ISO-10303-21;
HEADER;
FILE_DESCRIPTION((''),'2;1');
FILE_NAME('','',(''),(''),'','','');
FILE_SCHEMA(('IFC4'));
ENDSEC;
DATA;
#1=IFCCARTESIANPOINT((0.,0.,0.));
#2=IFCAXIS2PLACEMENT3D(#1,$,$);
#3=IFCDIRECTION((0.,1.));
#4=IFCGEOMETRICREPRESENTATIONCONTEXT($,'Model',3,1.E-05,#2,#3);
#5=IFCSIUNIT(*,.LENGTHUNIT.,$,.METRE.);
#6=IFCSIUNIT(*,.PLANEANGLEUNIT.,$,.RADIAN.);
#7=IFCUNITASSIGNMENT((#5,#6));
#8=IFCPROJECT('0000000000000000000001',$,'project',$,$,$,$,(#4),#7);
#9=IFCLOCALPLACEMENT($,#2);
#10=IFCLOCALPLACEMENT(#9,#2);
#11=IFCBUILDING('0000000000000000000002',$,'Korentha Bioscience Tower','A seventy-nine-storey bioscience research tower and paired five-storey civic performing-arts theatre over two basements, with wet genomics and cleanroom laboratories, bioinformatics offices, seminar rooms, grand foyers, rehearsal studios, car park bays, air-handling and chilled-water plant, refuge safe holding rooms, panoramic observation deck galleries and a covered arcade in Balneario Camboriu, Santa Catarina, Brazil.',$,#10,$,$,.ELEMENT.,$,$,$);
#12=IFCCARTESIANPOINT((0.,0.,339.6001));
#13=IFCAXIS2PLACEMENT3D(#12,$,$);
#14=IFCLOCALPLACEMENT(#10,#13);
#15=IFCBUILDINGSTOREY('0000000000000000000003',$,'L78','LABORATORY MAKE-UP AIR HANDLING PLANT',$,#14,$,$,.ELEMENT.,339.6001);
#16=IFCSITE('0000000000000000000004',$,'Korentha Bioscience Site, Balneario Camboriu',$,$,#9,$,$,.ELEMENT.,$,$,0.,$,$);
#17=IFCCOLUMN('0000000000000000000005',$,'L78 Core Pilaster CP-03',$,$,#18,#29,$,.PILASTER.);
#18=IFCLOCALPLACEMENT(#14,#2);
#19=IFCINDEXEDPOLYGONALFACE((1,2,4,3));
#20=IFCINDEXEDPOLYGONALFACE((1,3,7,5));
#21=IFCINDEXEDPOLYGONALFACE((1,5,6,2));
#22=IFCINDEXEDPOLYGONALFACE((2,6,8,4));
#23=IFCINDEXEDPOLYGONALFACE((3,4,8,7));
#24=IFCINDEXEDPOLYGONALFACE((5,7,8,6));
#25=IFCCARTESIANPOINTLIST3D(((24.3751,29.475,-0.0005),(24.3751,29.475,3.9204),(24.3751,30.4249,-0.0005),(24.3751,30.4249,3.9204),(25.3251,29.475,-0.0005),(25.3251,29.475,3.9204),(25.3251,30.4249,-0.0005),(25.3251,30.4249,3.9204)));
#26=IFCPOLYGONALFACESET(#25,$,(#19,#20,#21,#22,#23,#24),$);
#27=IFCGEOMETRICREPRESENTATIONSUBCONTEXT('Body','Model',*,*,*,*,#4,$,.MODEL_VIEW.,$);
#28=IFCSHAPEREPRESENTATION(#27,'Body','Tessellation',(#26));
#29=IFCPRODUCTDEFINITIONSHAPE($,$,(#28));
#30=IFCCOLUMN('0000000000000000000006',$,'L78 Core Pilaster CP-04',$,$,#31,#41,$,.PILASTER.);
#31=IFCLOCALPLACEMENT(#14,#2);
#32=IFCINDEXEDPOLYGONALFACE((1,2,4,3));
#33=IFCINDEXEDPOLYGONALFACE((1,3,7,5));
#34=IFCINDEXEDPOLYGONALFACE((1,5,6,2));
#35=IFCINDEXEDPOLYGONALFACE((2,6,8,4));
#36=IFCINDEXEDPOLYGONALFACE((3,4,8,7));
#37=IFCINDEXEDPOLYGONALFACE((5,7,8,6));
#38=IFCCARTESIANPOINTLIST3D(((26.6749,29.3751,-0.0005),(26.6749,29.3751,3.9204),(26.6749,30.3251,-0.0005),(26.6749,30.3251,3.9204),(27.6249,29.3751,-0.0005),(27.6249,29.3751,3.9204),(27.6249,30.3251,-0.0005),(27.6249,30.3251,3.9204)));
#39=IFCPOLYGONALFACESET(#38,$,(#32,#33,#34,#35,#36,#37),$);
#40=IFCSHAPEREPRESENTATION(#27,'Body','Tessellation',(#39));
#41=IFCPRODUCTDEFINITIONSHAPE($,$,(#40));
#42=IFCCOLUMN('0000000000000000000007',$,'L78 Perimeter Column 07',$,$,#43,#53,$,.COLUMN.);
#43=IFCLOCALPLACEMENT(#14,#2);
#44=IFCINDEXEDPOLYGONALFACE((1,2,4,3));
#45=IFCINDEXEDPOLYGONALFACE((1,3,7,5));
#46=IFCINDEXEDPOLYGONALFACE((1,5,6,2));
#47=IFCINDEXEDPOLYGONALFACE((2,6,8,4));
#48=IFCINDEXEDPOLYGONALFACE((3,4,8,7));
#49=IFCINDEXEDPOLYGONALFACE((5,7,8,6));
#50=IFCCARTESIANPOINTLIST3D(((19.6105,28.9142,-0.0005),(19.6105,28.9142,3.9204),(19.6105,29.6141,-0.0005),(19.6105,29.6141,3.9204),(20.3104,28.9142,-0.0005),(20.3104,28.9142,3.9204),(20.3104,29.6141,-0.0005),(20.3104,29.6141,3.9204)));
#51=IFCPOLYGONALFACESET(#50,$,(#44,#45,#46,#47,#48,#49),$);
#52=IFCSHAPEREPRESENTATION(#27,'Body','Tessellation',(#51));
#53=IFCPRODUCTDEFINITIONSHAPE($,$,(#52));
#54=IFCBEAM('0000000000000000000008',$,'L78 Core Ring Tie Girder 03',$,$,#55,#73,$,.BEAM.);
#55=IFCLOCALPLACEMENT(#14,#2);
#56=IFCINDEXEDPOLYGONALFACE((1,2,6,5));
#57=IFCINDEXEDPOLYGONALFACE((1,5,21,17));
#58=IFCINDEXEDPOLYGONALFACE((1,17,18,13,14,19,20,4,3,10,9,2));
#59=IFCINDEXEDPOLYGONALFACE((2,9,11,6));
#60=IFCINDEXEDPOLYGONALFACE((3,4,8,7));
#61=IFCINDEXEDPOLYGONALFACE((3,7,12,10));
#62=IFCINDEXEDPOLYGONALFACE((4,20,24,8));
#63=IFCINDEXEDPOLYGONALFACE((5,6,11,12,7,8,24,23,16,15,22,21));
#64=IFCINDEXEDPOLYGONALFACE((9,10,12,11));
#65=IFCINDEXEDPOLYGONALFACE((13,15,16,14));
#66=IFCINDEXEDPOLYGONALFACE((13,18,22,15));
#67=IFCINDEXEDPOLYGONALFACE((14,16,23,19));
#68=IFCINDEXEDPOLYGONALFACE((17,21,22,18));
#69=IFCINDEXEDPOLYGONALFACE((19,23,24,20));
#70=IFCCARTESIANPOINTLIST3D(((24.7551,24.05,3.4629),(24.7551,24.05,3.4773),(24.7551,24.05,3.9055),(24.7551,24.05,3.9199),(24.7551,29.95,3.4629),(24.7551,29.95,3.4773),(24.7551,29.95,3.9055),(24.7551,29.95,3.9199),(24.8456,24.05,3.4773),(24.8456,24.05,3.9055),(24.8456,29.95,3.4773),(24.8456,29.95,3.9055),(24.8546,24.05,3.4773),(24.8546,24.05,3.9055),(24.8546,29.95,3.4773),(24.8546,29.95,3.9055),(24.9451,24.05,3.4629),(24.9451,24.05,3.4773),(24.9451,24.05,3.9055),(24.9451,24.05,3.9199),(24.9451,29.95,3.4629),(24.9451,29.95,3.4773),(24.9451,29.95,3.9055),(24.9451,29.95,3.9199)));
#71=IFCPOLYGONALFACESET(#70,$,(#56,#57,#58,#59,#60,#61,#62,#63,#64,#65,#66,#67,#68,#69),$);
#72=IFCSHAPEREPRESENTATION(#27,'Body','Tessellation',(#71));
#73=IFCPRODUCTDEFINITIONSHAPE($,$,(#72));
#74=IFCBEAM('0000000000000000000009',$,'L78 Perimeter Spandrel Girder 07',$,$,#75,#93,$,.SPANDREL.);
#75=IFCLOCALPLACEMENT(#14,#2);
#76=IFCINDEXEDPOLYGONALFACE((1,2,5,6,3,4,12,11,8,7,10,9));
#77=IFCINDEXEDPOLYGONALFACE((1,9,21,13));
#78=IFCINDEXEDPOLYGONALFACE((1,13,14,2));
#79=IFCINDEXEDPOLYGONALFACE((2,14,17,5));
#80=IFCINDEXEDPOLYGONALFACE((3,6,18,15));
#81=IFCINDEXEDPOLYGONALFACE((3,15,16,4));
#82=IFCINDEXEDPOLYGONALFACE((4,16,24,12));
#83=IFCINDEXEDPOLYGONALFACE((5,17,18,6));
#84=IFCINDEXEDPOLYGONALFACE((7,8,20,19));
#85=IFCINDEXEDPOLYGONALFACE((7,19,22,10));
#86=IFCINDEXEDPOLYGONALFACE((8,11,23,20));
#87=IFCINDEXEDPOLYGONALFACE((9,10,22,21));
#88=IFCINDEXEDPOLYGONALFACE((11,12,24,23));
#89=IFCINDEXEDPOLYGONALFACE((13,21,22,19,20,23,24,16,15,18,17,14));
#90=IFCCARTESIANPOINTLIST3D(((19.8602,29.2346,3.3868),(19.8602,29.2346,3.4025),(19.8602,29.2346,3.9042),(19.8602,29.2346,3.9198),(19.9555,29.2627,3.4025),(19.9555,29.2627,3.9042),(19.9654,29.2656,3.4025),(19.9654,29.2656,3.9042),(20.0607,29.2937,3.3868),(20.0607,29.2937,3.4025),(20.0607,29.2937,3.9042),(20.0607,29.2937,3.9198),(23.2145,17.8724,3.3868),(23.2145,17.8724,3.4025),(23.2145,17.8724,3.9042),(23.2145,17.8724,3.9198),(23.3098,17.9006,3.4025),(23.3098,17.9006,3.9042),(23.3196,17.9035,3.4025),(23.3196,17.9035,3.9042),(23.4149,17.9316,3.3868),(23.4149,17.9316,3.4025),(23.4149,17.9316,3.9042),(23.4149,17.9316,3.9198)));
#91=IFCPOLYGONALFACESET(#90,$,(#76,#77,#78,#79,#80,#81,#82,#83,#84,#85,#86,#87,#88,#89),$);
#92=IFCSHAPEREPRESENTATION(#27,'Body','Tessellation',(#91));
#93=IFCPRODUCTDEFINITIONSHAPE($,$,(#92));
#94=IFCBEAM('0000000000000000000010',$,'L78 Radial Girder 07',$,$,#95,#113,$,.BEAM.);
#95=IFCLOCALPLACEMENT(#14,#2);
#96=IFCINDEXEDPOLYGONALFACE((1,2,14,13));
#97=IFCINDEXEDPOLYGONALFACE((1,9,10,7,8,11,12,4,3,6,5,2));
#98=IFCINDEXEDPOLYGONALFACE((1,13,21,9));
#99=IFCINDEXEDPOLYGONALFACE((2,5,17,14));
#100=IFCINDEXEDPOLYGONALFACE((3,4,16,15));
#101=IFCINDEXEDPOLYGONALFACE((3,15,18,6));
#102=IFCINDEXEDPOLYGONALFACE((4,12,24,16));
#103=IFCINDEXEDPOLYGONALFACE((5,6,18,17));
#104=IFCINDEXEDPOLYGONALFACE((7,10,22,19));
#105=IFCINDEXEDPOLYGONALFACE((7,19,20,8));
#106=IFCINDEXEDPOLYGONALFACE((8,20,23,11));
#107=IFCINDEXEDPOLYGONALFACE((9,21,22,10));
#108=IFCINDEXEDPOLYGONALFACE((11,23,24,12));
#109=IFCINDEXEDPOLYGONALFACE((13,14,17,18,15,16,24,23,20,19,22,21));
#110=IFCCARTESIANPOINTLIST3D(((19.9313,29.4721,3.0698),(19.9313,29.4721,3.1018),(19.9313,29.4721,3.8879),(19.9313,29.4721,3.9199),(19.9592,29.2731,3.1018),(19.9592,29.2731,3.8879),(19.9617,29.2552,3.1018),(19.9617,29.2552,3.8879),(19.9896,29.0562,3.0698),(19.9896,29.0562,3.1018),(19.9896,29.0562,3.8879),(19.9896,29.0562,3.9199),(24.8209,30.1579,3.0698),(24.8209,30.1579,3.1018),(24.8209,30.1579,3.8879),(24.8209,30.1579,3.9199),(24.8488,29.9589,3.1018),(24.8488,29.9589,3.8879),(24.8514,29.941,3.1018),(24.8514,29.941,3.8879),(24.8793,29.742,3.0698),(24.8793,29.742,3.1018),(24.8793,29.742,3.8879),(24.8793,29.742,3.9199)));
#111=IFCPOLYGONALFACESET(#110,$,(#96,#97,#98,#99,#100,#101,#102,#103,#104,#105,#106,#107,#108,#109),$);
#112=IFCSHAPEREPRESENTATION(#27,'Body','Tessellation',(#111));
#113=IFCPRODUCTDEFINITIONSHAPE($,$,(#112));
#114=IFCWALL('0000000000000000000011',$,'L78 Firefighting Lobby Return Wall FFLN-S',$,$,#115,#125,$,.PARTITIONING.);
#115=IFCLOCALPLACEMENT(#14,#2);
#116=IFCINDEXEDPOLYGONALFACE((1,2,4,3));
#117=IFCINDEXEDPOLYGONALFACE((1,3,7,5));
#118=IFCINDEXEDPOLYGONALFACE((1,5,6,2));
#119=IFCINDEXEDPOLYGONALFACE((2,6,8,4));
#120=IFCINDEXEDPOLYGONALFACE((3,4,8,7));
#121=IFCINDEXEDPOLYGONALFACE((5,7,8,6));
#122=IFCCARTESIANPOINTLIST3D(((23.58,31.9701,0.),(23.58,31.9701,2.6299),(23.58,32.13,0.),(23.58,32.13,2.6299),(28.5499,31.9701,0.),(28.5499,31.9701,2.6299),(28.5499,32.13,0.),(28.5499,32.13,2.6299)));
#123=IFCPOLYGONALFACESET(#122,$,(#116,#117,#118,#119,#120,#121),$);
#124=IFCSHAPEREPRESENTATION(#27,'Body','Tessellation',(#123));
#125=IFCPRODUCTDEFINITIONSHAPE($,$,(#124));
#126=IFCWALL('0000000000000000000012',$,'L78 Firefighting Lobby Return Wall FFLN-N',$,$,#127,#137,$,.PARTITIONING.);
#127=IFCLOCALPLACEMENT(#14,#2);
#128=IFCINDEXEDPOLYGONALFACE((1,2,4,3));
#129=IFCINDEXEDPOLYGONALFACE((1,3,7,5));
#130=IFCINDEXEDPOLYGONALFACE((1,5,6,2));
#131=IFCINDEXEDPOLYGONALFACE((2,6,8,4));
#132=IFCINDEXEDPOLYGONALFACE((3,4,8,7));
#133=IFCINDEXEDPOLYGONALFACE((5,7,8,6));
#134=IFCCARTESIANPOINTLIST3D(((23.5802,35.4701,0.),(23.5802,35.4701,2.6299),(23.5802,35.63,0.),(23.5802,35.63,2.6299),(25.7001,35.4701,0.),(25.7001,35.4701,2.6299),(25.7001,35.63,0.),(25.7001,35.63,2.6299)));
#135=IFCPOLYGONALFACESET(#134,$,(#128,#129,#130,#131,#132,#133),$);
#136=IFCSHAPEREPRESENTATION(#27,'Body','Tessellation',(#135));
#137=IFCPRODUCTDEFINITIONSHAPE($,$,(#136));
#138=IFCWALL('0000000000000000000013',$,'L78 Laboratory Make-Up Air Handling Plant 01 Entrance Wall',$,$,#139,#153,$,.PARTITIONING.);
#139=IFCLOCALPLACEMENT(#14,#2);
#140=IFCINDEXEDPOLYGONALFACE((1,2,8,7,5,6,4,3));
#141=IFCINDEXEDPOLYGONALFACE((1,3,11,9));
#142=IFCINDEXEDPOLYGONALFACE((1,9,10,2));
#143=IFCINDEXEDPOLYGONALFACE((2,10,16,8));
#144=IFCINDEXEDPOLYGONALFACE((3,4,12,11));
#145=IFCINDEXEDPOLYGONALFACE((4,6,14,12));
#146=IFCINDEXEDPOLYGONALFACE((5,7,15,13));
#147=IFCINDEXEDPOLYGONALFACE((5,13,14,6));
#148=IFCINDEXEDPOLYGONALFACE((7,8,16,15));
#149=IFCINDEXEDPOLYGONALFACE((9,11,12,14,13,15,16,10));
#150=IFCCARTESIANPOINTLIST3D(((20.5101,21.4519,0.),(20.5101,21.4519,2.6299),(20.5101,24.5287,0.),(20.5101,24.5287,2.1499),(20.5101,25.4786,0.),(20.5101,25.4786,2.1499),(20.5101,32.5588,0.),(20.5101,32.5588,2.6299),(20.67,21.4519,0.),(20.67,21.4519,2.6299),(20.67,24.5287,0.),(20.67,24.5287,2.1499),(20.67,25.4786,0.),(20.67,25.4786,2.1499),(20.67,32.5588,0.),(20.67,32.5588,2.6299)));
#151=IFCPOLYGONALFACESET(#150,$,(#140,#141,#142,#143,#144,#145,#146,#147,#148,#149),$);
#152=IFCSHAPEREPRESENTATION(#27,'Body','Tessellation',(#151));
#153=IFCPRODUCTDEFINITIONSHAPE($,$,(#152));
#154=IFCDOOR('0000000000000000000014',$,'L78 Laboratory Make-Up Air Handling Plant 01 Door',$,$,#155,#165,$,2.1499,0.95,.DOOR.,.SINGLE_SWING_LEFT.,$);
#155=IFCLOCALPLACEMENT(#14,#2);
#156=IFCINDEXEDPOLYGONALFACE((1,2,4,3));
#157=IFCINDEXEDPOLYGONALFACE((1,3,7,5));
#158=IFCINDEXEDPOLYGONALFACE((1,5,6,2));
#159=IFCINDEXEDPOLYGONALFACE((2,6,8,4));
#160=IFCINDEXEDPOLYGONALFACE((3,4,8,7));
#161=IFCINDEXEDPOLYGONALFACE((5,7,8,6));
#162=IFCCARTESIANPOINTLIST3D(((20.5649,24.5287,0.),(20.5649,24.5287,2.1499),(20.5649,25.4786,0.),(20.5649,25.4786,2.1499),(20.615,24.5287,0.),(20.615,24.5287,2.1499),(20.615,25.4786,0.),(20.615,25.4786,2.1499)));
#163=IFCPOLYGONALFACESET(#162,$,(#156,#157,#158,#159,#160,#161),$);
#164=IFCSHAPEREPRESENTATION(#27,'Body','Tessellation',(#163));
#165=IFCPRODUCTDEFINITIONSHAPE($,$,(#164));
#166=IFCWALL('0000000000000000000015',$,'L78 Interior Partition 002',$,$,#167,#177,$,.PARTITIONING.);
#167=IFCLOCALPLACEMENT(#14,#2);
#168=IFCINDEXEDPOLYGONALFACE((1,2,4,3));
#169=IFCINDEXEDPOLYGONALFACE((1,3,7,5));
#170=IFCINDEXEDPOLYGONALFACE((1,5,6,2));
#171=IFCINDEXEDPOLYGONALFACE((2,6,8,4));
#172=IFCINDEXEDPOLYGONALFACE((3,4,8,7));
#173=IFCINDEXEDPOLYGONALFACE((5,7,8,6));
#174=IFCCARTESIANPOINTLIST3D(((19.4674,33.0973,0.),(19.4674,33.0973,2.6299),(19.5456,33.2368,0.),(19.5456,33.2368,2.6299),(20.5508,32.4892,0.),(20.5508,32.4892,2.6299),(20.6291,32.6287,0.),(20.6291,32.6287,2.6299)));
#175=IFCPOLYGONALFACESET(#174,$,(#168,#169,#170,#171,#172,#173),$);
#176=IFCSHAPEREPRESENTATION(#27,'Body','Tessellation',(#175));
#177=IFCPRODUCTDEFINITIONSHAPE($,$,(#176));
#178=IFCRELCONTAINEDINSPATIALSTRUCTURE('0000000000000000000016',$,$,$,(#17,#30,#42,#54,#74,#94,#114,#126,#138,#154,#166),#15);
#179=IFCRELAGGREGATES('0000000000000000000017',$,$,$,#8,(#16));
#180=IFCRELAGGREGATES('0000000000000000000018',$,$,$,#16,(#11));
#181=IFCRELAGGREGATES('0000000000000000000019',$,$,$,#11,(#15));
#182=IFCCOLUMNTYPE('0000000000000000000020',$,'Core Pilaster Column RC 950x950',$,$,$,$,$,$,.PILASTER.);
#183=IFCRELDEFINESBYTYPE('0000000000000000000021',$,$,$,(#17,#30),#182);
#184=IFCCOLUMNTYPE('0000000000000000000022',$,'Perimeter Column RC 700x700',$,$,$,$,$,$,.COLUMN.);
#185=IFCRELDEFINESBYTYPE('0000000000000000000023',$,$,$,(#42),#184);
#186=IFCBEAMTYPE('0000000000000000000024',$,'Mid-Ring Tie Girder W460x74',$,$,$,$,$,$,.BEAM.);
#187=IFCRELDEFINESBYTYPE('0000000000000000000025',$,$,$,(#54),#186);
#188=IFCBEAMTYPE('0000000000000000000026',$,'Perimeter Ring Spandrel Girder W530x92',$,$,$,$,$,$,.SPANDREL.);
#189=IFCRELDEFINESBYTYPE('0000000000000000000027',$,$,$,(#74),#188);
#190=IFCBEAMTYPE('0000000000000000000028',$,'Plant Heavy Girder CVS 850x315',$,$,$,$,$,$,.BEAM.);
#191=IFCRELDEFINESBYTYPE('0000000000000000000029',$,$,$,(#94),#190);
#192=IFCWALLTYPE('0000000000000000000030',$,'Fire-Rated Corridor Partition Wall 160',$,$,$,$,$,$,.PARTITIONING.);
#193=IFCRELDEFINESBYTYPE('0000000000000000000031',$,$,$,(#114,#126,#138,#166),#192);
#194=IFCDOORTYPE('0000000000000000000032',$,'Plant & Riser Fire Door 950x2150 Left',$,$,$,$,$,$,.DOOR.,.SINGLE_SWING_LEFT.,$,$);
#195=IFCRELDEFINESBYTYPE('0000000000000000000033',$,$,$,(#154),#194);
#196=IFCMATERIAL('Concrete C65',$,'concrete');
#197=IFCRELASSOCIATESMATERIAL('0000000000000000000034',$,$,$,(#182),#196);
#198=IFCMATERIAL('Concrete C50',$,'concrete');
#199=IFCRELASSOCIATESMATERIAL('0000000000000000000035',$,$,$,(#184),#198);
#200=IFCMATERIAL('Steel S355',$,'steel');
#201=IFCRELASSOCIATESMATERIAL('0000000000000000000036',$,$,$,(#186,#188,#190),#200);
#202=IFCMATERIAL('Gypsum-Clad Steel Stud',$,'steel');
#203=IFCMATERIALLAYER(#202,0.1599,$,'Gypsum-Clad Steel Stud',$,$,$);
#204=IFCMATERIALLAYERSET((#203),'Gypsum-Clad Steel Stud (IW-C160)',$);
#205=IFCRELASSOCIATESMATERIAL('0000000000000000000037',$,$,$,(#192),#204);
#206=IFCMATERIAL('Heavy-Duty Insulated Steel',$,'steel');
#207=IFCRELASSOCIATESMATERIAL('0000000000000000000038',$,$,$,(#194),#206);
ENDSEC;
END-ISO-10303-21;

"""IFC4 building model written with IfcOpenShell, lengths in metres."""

from ifc_helpers import new_model, si_unit, direction, frame, frame_2d, origin, origin_2d, place, context, subcontext, project, spatial, rectangle, i_section, extrude, material, layer, layer_set, material_profile, profile_set, type_object, element, fill, save


model = new_model("IFC4")

# Units and contexts
model_context = context("Model", 3, precision=1e-05, world=origin(), true_north=direction((0.0, 1.0)))
body_context = subcontext(model_context, "Body", "Model", "MODEL_VIEW")
ifc_project = project(units=[si_unit("LENGTHUNIT", "METRE"), si_unit("PLANEANGLEUNIT", "RADIAN")], contexts=[model_context])

# Site, building, storey
site_placement = place(None, origin())
site = spatial("IfcSite", under=ifc_project, at=site_placement, Name="Korentha Bioscience Site, Balneario Camboriu", CompositionType="ELEMENT", RefElevation=0.0)
building_placement = place(site_placement, origin())
building = spatial("IfcBuilding", under=site, at=building_placement, Name="Korentha Bioscience Tower", Description="A seventy-nine-storey bioscience research tower and paired five-storey civic performing-arts theatre over two basements, with wet genomics and cleanroom laboratories, bioinformatics offices, seminar rooms, grand foyers, rehearsal studios, car park bays, air-handling and chilled-water plant, refuge safe holding rooms, panoramic observation deck galleries and a covered arcade in Balneario Camboriu, Santa Catarina, Brazil.", CompositionType="ELEMENT")
storey_placement = place(building_placement, frame((0.0, 0.0, 339.6001)))
storey = spatial("IfcBuildingStorey", under=building, at=storey_placement, Name="L78", Description="LABORATORY MAKE-UP AIR HANDLING PLANT", CompositionType="ELEMENT", Elevation=339.6001)

# Columns
ifc_material_1 = material(Name="Concrete C65", Category="concrete")
ifc_material_profile_1 = material_profile(ifc_material_1, rectangle(XDim=0.95, YDim=0.95, at=origin_2d()), Name="Concrete C65")
ifc_profile_set_1 = profile_set([ifc_material_profile_1], Name="Concrete C65 (COL-CP09)")
column_type_1 = type_object("IfcColumnType", Name="Core Pilaster Column RC 950x950", PredefinedType="PILASTER", material=ifc_profile_set_1)
for number, where, z_axis, x_axis, name in (
    (1, (24.8501, 29.95, -0.0005), (0.0, 0.0, 1.0), (1.0, 0.0, 0.0), "L78 Core Pilaster CP-03"),
    (2, (27.1499, 29.8501, -0.0005), (0.0, 0.0, 1.0), (1.0, 0.0, 0.0), "L78 Core Pilaster CP-04"),
):
    element("IfcColumn", number, at=place(storey_placement, frame(where, z_axis=z_axis, x_axis=x_axis)), inside=storey, type_object=column_type_1, Name=name, PredefinedType="PILASTER", context=body_context, shape_type="SweptSolid", body=[
        extrude(rectangle(XDim=0.95, YDim=0.95, at=origin_2d()), origin(), (0.0, 0.0, 1.0), 3.9209),
    ])
ifc_material_2 = material(Name="Concrete C50", Category="concrete")
ifc_material_profile_2 = material_profile(ifc_material_2, rectangle(XDim=0.7, YDim=0.7, at=origin_2d()), Name="Concrete C50")
ifc_profile_set_2 = profile_set([ifc_material_profile_2], Name="Concrete C50 (COL-P07)")
column_type_2 = type_object("IfcColumnType", Name="Perimeter Column RC 700x700", PredefinedType="COLUMN", material=ifc_profile_set_2)
column_placement = place(storey_placement, frame((19.9604, 29.2642, -0.0005), z_axis=(0.0, 0.0, 1.0), x_axis=(0.0, 1.0, 0.0)))
element("IfcColumn", 3, at=column_placement, inside=storey, type_object=column_type_2, Name="L78 Perimeter Column 07", PredefinedType="COLUMN", context=body_context, shape_type="SweptSolid", body=[
    extrude(rectangle(XDim=0.7, YDim=0.7, at=origin_2d()), origin(), (0.0, 0.0, 1.0), 3.9209),
])

# Beams
ifc_material_3 = material(Name="Steel S355", Category="steel")
ifc_material_profile_3 = material_profile(ifc_material_3, i_section(OverallWidth=0.1899, OverallDepth=0.457, WebThickness=0.009, FlangeThickness=0.0144, at=origin_2d()), Name="Steel S355")
ifc_profile_set_3 = profile_set([ifc_material_profile_3], Name="Steel S355 (MB-460)")
beam_type_1 = type_object("IfcBeamType", Name="Mid-Ring Tie Girder W460x74", PredefinedType="BEAM", material=ifc_profile_set_3)
beam_1_placement = place(storey_placement, frame((24.8501, 29.95, 3.6914), z_axis=(0.0, -1.0, 0.0), x_axis=(1.0, 0.0, 0.0)))
element("IfcBeam", 4, at=beam_1_placement, inside=storey, type_object=beam_type_1, Name="L78 Core Ring Tie Girder 03", PredefinedType="BEAM", context=body_context, shape_type="SweptSolid", body=[
    extrude(i_section(OverallWidth=0.1899, OverallDepth=0.457, WebThickness=0.009, FlangeThickness=0.0144, at=origin_2d()), origin(), (0.0, 0.0, 1.0), 5.8999),
])
ifc_material_profile_4 = material_profile(ifc_material_3, i_section(OverallWidth=0.209, OverallDepth=0.533, WebThickness=0.0103, FlangeThickness=0.0156, at=origin_2d()), Name="Steel S355")
ifc_profile_set_4 = profile_set([ifc_material_profile_4], Name="Steel S355 (SB-530)")
beam_type_2 = type_object("IfcBeamType", Name="Perimeter Ring Spandrel Girder W530x92", PredefinedType="SPANDREL", material=ifc_profile_set_4)
beam_2_placement = place(storey_placement, frame((19.9604, 29.2642, 3.6533), z_axis=(0.283135, -0.95908, 0.0), x_axis=(0.95908, 0.283135, 0.0)))
element("IfcBeam", 5, at=beam_2_placement, inside=storey, type_object=beam_type_2, Name="L78 Perimeter Spandrel Girder 07", PredefinedType="SPANDREL", context=body_context, shape_type="SweptSolid", body=[
    extrude(i_section(OverallWidth=0.209, OverallDepth=0.533, WebThickness=0.0103, FlangeThickness=0.0156, at=origin_2d()), origin(), (0.0, 0.0, 1.0), 11.8469),
])
ifc_material_profile_5 = material_profile(ifc_material_3, i_section(OverallWidth=0.4199, OverallDepth=0.8501, WebThickness=0.0181, FlangeThickness=0.032, at=origin_2d()), Name="Steel S355")
ifc_profile_set_5 = profile_set([ifc_material_profile_5], Name="Steel S355 (MB-850)")
beam_type_3 = type_object("IfcBeamType", Name="Plant Heavy Girder CVS 850x315", PredefinedType="BEAM", material=ifc_profile_set_5)
beam_3_placement = place(storey_placement, frame((24.8501, 29.95, 3.4949), z_axis=(-0.990307, -0.138894, 0.0), x_axis=(0.138894, -0.990307, 0.0)))
element("IfcBeam", 6, at=beam_3_placement, inside=storey, type_object=beam_type_3, Name="L78 Radial Girder 07", PredefinedType="BEAM", context=body_context, shape_type="SweptSolid", body=[
    extrude(i_section(OverallWidth=0.4199, OverallDepth=0.8501, WebThickness=0.0181, FlangeThickness=0.032, at=origin_2d()), origin(), (0.0, 0.0, 1.0), 4.9375),
])

# Shared definitions
ifc_material_4 = material(Name="Gypsum-Clad Steel Stud", Category="steel")
ifc_layer_1 = layer(ifc_material_4, 0.1599, Name="Gypsum-Clad Steel Stud")
ifc_layer_set_1 = layer_set([ifc_layer_1], Name="Gypsum-Clad Steel Stud (IW-C160)")
wall_type_1 = type_object("IfcWallType", Name="Fire-Rated Corridor Partition Wall 160", PredefinedType="PARTITIONING", material=ifc_layer_set_1)

# Walls
wall_1_placement = place(storey_placement, frame((23.5801, 32.05, 0.0), z_axis=(0.0, 0.0, 1.0), x_axis=(1.0, 0.0, 0.0)))
element("IfcWall", 7, at=wall_1_placement, inside=storey, type_object=wall_type_1, Name="L78 Firefighting Lobby Return Wall FFLN-S", PredefinedType="PARTITIONING", context=body_context, shape_type="SweptSolid", body=[
    extrude(rectangle(XDim=4.97, YDim=0.1599, at=frame_2d((2.4849, 0.0))), origin(), (0.0, 0.0, 1.0), 2.6299),
])
wall_2_placement = place(storey_placement, frame((23.5801, 35.55, 0.0), z_axis=(0.0, 0.0, 1.0), x_axis=(1.0, 0.0, 0.0)))
element("IfcWall", 8, at=wall_2_placement, inside=storey, type_object=wall_type_1, Name="L78 Firefighting Lobby Return Wall FFLN-N", PredefinedType="PARTITIONING", context=body_context, shape_type="SweptSolid", body=[
    extrude(rectangle(XDim=2.1199, YDim=0.1599, at=frame_2d((1.0601, 0.0))), origin(), (0.0, 0.0, 1.0), 2.6299),
])

# Wall, opening, door
wall_3_placement = place(storey_placement, frame((20.5901, 32.5588, 0.0), z_axis=(0.0, 0.0, 1.0), x_axis=(0.0, -1.0, 0.0)))
wall_3 = element("IfcWall", 9, at=wall_3_placement, inside=storey, type_object=wall_type_1, Name="L78 Laboratory Make-Up Air Handling Plant 01 Entrance Wall", PredefinedType="PARTITIONING", context=body_context, shape_type="SweptSolid", body=[
    extrude(rectangle(XDim=11.1069, YDim=0.1599, at=frame_2d((5.5535, 0.0))), origin(), (0.0, 0.0, 1.0), 2.6299),
])
opening_1_placement = place(wall_3_placement, frame((7.0801, 0.0, 0.0)))
opening_1 = element("IfcOpeningElement", 10, at=opening_1_placement, cuts=wall_3, PredefinedType="OPENING", context=body_context, shape_type="SweptSolid", body=[
    extrude(rectangle(XDim=0.95, YDim=2.1499, at=frame_2d((0.4751, 1.075))), frame((0.0, 0.0947, 0.0), z_axis=(0.0, -1.0, 0.0), x_axis=(1.0, 0.0, 0.0)), (0.0, 0.0, 1.0), 0.1897),
])
ifc_material_5 = material(Name="Heavy-Duty Insulated Steel", Category="steel")
door_type_1 = type_object("IfcDoorType", Name="Plant & Riser Fire Door 950x2150 Left", OperationType="SINGLE_SWING_LEFT", PredefinedType="DOOR", material=ifc_material_5)
door_1_placement = place(opening_1_placement, origin())
door_1 = element("IfcDoor", 11, at=door_1_placement, inside=storey, type_object=door_type_1, Name="L78 Laboratory Make-Up Air Handling Plant 01 Door", OperationType="SINGLE_SWING_LEFT", OverallHeight=2.1499, OverallWidth=0.95, PredefinedType="DOOR", context=body_context, shape_type="SweptSolid", body=[
    extrude(rectangle(XDim=0.95, YDim=2.1499, at=frame_2d((0.4751, 1.075))), frame((0.0, 0.0249, 0.0), z_axis=(0.0, -1.0, 0.0), x_axis=(1.0, 0.0, 0.0)), (0.0, 0.0, 1.0), 0.05),
])
fill(opening_1, door_1)

# Wall
wall_4_placement = place(storey_placement, frame((19.5066, 33.167, 0.0), z_axis=(0.0, 0.0, 1.0), x_axis=(0.872026, -0.489459, 0.0)))
element("IfcWall", 12, at=wall_4_placement, inside=storey, type_object=wall_type_1, Name="L78 Interior Partition 002", PredefinedType="PARTITIONING", context=body_context, shape_type="SweptSolid", body=[
    extrude(rectangle(XDim=1.2424, YDim=0.1599, at=frame_2d((0.6211, 0.0))), origin(), (0.0, 0.0, 1.0), 2.6299),
])

save(model, "model.ifc")
